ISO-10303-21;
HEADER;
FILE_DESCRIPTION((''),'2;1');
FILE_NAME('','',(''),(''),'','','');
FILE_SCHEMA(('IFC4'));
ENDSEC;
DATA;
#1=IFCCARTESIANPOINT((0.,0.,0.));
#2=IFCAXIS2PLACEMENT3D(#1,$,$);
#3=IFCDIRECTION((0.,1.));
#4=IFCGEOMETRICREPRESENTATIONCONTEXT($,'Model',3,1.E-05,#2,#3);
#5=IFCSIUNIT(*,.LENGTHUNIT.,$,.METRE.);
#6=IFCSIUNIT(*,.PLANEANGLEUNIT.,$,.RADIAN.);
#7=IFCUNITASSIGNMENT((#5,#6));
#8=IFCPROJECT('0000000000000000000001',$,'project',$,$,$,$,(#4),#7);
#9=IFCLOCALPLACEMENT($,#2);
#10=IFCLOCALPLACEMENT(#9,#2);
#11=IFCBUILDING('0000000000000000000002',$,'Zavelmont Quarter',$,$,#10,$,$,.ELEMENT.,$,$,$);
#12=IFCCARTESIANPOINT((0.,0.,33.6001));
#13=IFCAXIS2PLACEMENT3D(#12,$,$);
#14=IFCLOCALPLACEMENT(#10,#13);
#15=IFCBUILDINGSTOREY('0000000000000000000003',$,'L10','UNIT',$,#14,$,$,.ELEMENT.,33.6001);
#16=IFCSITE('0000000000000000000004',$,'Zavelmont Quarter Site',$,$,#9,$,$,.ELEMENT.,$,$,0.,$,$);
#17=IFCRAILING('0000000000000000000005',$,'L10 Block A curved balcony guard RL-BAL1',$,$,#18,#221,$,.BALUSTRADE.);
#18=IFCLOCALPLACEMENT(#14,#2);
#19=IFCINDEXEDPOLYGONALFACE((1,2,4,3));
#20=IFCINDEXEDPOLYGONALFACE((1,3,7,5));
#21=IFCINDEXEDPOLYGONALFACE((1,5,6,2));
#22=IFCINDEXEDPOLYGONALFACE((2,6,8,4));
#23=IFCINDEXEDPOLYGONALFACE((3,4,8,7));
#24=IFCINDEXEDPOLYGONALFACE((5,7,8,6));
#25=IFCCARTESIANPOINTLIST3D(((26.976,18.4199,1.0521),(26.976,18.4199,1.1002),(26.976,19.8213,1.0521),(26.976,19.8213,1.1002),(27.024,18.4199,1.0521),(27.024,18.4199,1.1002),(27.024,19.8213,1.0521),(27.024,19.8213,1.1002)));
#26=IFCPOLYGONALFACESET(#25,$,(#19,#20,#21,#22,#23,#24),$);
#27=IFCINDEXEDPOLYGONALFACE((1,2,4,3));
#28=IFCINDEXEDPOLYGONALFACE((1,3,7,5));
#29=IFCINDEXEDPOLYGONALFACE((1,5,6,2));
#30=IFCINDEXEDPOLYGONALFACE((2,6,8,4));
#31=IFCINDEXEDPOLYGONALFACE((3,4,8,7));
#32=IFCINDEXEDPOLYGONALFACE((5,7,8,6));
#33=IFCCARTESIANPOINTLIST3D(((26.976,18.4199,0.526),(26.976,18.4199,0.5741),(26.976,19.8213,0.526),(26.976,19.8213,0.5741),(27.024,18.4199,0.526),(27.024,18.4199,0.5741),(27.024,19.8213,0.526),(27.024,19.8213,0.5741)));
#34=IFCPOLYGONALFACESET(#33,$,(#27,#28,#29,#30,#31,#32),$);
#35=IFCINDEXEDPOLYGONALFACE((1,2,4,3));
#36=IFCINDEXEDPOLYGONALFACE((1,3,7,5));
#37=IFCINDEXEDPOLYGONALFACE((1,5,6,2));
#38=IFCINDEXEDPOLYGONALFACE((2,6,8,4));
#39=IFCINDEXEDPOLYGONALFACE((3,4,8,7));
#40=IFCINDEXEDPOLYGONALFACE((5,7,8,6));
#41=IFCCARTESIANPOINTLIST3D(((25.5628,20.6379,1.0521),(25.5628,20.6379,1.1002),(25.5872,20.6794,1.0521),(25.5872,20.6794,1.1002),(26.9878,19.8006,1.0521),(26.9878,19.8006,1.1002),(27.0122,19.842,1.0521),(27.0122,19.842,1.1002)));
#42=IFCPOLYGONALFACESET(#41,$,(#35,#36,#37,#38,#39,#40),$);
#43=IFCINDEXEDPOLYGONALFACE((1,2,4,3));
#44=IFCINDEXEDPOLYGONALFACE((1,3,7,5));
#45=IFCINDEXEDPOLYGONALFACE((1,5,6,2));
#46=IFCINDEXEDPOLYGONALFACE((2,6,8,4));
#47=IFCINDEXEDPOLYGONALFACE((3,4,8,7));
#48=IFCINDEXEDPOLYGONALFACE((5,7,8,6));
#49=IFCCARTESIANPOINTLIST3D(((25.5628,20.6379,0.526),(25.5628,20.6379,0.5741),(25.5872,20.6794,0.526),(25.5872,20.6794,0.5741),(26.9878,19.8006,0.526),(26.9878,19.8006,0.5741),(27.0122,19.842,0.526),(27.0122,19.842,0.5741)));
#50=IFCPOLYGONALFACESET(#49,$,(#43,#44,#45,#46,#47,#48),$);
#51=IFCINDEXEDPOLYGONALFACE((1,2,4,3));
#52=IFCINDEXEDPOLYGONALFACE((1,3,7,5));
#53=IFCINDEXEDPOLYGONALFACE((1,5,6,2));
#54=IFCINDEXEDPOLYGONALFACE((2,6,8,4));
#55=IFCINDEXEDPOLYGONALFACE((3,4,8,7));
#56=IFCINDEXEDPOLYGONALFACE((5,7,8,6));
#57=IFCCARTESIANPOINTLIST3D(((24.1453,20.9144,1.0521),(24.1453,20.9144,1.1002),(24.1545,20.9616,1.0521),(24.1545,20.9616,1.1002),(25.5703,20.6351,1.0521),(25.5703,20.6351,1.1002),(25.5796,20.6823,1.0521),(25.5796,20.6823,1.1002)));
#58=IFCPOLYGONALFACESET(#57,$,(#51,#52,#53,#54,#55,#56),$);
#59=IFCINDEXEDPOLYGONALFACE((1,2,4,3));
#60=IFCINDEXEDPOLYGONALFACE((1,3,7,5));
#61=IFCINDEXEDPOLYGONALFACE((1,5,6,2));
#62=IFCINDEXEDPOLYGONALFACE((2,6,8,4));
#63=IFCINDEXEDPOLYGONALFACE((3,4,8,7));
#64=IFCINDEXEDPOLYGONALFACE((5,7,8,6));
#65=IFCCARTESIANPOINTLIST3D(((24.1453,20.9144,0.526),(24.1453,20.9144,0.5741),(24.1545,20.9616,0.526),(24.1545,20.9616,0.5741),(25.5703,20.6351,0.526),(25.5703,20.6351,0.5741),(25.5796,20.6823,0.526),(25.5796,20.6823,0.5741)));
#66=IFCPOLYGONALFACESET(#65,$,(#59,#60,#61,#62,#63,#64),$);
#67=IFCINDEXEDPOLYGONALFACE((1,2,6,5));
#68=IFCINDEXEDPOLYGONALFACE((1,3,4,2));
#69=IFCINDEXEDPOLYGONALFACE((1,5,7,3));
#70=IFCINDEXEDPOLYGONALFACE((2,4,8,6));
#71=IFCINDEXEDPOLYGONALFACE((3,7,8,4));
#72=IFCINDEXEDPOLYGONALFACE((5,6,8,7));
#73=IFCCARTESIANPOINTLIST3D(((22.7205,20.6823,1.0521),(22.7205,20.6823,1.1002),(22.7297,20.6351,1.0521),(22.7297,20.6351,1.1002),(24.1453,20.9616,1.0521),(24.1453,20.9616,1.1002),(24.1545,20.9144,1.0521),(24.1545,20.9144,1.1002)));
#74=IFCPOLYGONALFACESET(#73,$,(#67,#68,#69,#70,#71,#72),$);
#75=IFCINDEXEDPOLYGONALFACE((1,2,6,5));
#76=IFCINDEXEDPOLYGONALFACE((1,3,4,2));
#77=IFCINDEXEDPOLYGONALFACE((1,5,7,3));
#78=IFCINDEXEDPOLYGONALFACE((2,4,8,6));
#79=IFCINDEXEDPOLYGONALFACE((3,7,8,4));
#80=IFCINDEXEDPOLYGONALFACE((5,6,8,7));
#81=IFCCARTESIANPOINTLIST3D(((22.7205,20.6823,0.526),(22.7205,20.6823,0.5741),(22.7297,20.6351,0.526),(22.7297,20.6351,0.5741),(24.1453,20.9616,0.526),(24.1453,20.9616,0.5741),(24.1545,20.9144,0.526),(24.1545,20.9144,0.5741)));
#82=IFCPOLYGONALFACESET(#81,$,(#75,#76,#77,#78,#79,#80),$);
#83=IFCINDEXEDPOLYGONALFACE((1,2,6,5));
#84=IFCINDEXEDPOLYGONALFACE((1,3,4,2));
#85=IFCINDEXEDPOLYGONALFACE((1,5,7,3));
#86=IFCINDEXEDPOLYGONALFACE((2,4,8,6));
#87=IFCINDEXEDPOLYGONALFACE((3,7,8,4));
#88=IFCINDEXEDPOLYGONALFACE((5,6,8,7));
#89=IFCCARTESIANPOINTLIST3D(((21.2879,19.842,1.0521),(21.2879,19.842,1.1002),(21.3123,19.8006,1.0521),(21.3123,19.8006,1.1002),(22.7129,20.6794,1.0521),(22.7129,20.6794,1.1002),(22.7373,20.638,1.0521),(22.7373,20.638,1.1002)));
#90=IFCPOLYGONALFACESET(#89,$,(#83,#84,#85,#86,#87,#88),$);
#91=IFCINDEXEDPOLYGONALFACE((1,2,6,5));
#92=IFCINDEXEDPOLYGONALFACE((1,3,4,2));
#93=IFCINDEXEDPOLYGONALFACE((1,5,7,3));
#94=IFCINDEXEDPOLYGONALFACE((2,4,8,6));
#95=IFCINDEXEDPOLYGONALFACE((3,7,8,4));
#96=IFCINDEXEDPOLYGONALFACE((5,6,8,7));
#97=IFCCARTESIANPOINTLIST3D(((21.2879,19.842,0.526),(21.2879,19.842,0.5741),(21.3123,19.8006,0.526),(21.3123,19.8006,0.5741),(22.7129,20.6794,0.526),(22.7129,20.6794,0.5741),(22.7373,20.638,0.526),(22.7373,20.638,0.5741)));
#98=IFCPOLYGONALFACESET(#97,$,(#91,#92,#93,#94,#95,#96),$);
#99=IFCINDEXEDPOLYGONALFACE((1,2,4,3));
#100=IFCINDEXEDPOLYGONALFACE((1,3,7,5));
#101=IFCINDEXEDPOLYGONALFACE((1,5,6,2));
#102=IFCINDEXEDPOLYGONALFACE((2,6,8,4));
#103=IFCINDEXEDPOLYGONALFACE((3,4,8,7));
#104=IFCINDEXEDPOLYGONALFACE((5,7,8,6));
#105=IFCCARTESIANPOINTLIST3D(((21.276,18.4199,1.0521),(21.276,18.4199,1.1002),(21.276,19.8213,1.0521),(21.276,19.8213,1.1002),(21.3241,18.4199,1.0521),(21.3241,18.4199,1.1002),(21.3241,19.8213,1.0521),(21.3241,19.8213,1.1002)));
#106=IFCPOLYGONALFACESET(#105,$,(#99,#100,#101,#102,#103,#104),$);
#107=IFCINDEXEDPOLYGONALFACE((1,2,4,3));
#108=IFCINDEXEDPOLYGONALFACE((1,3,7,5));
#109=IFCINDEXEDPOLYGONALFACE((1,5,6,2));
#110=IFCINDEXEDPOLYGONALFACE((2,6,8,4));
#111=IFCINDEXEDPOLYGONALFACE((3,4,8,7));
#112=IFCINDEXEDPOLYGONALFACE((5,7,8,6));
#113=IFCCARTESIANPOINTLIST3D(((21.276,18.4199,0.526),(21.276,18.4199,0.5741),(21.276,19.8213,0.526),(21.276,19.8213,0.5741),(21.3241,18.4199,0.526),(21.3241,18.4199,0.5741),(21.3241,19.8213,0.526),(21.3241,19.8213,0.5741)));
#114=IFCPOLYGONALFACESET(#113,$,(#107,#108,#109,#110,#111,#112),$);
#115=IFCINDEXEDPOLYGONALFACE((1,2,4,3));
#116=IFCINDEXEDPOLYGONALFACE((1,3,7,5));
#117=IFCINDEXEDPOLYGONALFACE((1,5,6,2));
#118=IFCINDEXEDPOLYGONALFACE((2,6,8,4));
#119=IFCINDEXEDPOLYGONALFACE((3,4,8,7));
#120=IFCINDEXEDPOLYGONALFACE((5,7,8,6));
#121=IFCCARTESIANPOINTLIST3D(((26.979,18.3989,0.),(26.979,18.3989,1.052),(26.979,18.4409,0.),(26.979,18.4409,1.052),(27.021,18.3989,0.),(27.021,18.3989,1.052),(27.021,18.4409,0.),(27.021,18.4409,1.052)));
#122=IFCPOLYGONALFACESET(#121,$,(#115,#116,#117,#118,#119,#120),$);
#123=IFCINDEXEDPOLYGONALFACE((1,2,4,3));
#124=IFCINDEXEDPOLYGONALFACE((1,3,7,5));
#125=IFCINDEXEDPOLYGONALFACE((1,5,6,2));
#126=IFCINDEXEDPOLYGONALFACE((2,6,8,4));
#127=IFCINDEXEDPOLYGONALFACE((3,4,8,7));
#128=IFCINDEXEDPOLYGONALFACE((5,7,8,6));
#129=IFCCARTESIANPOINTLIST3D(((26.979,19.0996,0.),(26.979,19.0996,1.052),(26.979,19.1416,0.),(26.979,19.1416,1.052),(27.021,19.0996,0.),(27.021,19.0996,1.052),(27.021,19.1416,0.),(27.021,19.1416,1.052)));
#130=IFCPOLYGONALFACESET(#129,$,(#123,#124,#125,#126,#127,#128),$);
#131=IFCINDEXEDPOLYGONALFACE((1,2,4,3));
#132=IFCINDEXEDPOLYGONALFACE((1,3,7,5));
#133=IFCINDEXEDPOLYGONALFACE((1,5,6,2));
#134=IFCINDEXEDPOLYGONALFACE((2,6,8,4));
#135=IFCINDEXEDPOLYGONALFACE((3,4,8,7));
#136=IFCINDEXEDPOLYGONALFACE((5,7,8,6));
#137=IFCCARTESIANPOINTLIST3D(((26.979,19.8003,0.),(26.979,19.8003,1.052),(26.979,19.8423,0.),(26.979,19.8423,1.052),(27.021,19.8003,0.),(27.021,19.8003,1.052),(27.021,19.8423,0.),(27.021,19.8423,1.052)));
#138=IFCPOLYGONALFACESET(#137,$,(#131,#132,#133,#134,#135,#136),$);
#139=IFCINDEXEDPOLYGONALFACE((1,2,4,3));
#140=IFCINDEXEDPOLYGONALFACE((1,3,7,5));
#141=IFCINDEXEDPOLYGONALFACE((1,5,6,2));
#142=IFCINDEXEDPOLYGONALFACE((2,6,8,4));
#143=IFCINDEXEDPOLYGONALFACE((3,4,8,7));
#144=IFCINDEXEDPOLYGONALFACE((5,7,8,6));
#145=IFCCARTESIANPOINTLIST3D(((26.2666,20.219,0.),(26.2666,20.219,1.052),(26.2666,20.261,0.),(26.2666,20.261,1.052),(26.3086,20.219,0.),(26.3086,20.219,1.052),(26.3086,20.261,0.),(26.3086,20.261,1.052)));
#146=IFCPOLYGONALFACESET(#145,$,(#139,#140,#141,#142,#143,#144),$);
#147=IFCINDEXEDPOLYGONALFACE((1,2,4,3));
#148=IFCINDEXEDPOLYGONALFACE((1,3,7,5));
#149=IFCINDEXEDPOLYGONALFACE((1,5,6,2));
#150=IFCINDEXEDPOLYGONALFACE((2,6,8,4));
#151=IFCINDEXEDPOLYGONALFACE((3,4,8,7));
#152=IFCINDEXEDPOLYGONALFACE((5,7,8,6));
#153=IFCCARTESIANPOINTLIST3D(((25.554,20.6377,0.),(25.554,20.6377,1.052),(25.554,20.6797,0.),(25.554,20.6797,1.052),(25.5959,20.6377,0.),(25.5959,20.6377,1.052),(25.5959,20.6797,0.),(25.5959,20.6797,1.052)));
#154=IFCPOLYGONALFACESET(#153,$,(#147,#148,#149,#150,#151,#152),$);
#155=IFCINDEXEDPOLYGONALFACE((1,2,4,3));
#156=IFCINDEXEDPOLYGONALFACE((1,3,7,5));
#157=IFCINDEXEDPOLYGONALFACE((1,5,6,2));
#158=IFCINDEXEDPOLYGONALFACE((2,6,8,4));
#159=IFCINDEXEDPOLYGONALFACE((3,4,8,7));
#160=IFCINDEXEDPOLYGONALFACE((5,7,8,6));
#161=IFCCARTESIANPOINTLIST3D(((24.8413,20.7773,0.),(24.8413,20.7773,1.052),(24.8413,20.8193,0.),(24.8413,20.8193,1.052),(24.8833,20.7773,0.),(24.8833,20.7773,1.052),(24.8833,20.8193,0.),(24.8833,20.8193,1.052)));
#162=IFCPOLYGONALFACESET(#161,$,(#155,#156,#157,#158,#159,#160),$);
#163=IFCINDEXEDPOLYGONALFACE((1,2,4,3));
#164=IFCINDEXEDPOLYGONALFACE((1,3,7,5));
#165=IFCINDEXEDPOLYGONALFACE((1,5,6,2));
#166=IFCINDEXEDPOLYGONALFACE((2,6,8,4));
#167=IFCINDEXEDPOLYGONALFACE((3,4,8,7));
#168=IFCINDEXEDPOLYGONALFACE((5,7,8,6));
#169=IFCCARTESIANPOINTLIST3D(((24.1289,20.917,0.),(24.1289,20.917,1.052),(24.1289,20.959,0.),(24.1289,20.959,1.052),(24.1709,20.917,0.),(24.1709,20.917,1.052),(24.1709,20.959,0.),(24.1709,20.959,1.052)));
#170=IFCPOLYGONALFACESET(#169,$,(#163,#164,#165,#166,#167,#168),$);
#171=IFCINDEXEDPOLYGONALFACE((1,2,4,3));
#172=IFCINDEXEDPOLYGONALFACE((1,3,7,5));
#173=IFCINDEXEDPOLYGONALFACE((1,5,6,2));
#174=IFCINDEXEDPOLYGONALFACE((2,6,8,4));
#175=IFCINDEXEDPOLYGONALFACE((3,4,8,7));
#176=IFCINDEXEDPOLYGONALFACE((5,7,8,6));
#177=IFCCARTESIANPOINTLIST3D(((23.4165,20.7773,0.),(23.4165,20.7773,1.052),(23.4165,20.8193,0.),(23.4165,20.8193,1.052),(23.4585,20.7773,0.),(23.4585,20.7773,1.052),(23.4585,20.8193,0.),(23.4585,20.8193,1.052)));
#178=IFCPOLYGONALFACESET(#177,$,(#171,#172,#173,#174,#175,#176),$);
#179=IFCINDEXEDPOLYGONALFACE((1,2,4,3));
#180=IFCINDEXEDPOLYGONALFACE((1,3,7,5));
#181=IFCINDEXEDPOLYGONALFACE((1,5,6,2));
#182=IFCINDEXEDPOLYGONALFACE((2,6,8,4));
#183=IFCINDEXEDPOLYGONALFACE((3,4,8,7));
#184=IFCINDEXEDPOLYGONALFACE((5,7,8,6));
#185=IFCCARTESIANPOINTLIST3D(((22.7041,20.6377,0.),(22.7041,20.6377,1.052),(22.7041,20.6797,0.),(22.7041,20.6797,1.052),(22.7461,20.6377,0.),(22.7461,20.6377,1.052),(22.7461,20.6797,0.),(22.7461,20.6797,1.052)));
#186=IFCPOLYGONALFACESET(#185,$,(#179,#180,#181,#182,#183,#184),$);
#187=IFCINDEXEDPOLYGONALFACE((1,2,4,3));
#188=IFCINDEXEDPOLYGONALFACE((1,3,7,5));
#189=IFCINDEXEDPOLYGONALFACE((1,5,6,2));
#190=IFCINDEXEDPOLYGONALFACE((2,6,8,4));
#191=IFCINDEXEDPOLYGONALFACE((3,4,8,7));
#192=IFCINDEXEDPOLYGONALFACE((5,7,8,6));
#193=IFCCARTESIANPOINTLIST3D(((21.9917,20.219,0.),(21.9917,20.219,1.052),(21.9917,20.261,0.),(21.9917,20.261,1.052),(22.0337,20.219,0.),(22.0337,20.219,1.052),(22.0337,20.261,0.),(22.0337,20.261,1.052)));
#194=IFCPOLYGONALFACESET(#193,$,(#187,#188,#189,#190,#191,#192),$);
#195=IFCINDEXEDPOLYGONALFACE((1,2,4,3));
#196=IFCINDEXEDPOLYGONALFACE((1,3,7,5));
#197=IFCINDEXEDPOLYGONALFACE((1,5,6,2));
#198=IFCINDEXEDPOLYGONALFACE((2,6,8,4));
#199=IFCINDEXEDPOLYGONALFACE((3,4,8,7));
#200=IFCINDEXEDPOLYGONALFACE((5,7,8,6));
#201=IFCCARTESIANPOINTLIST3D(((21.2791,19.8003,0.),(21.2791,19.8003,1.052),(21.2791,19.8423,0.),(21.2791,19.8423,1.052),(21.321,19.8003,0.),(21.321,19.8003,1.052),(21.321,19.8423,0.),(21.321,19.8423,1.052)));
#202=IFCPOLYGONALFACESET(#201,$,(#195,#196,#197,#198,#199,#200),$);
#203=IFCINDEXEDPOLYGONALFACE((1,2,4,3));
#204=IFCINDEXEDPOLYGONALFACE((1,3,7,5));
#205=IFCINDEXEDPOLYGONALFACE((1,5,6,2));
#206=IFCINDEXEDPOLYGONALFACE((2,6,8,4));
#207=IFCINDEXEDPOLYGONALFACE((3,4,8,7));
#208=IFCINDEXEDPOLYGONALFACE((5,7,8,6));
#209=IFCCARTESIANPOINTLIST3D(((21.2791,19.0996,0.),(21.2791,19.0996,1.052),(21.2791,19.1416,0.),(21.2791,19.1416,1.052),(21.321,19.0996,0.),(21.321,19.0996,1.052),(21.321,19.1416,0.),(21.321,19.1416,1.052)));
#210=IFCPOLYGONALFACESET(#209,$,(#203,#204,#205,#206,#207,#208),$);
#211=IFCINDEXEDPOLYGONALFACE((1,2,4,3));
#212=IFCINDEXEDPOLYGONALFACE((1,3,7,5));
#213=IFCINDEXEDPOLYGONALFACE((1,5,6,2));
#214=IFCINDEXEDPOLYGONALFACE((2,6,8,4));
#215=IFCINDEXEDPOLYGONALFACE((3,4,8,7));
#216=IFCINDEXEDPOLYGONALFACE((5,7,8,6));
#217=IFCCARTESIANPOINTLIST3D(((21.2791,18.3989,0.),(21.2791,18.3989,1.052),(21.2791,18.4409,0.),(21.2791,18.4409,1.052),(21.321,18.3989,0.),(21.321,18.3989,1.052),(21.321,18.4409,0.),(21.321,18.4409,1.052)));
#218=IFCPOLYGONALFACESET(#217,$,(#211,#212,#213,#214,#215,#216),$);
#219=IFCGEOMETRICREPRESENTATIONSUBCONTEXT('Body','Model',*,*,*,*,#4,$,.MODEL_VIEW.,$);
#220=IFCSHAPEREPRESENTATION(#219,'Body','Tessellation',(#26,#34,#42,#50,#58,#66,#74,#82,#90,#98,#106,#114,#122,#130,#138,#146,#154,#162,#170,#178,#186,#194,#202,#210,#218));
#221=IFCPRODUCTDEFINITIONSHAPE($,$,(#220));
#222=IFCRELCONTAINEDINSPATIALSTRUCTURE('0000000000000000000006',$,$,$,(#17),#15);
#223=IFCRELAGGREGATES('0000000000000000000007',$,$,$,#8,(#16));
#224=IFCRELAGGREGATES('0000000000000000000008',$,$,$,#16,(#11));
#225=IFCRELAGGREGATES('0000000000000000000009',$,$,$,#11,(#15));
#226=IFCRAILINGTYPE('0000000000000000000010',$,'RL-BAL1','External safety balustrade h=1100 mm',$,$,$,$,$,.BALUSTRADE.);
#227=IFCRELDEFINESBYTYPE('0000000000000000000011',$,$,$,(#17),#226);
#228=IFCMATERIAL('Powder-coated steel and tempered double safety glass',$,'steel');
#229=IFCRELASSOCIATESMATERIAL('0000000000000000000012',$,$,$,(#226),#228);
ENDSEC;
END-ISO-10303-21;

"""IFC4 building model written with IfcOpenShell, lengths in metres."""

from ifc_helpers import new_model, si_unit, direction, frame, origin, origin_2d, place, context, subcontext, project, spatial, rectangle, extrude, material, type_object, element, save


model = new_model("IFC4")

# Units and contexts
model_context = context("Model", 3, precision=1e-05, world=origin(), true_north=direction((0.0, 1.0)))
body_context = subcontext(model_context, "Body", "Model", "MODEL_VIEW")
ifc_project = project(units=[si_unit("LENGTHUNIT", "METRE"), si_unit("PLANEANGLEUNIT", "RADIAN")], contexts=[model_context])

# Site, building, storey
site_placement = place(None, origin())
site = spatial("IfcSite", under=ifc_project, at=site_placement, Name="Zavelmont Quarter Site", CompositionType="ELEMENT", RefElevation=0.0)
building_placement = place(site_placement, origin())
building = spatial("IfcBuilding", under=site, at=building_placement, Name="Zavelmont Quarter", CompositionType="ELEMENT")
storey_placement = place(building_placement, frame((0.0, 0.0, 33.6001)))
storey = spatial("IfcBuildingStorey", under=building, at=storey_placement, Name="L10", Description="UNIT", CompositionType="ELEMENT", Elevation=33.6001)

# Railing
ifc_material_1 = material(Name="Powder-coated steel and tempered double safety glass", Category="steel")
railing_type = type_object("IfcRailingType", Name="RL-BAL1", Description="External safety balustrade h=1100 mm", PredefinedType="BALUSTRADE", material=ifc_material_1)
railing_placement = place(storey_placement, frame((27.0, 18.4199, 0.0)))
element("IfcRailing", 1, at=railing_placement, inside=storey, type_object=railing_type, Name="L10 Block A curved balcony guard RL-BAL1", PredefinedType="BALUSTRADE", context=body_context, shape_type="SweptSolid", body=[
    extrude(rectangle(XDim=0.0481, YDim=0.0481, at=origin_2d()), frame((0.0, 0.0, 1.0762), z_axis=(0.0, 1.0, 0.0), x_axis=(-1.0, 0.0, 0.0)), (0.0, 0.0, 1.0), 1.4014),
    extrude(rectangle(XDim=0.0481, YDim=0.0481, at=origin_2d()), frame((0.0, 0.0, 0.55), z_axis=(0.0, 1.0, 0.0), x_axis=(-1.0, 0.0, 0.0)), (0.0, 0.0, 1.0), 1.4014),
    extrude(rectangle(XDim=0.0481, YDim=0.0481, at=origin_2d()), frame((0.0, 1.4014, 1.0762), z_axis=(-0.862162, 0.506633, 0.0), x_axis=(-0.506633, -0.862162, 0.0)), (0.0, 0.0, 1.0), 1.6528),
    extrude(rectangle(XDim=0.0481, YDim=0.0481, at=origin_2d()), frame((0.0, 1.4014, 0.55), z_axis=(-0.862162, 0.506633, 0.0), x_axis=(-0.506633, -0.862162, 0.0)), (0.0, 0.0, 1.0), 1.6528),
    extrude(rectangle(XDim=0.0481, YDim=0.0481, at=origin_2d()), frame((-1.425, 2.2388, 1.0762), z_axis=(-0.98133, 0.192332, 0.0), x_axis=(-0.192332, -0.98133, 0.0)), (0.0, 0.0, 1.0), 1.4521),
    extrude(rectangle(XDim=0.0481, YDim=0.0481, at=origin_2d()), frame((-1.425, 2.2388, 0.55), z_axis=(-0.98133, 0.192332, 0.0), x_axis=(-0.192332, -0.98133, 0.0)), (0.0, 0.0, 1.0), 1.4521),
    extrude(rectangle(XDim=0.0481, YDim=0.0481, at=origin_2d()), frame((-2.8501, 2.5181, 1.0762), z_axis=(-0.981324, -0.192364, 0.0), x_axis=(0.192364, -0.981324, 0.0)), (0.0, 0.0, 1.0), 1.4519),
    extrude(rectangle(XDim=0.0481, YDim=0.0481, at=origin_2d()), frame((-2.8501, 2.5181, 0.55), z_axis=(-0.981324, -0.192364, 0.0), x_axis=(0.192364, -0.981324, 0.0)), (0.0, 0.0, 1.0), 1.4519),
    extrude(rectangle(XDim=0.0481, YDim=0.0481, at=origin_2d()), frame((-4.2749, 2.2388, 1.0762), z_axis=(-0.862162, -0.506633, 0.0), x_axis=(0.506633, -0.862162, 0.0)), (0.0, 0.0, 1.0), 1.6528),
    extrude(rectangle(XDim=0.0481, YDim=0.0481, at=origin_2d()), frame((-4.2749, 2.2388, 0.55), z_axis=(-0.862162, -0.506633, 0.0), x_axis=(0.506633, -0.862162, 0.0)), (0.0, 0.0, 1.0), 1.6528),
    extrude(rectangle(XDim=0.0481, YDim=0.0481, at=origin_2d()), frame((-5.7, 1.4014, 1.0762), z_axis=(0.0, -1.0, 0.0), x_axis=(1.0, 0.0, 0.0)), (0.0, 0.0, 1.0), 1.4014),
    extrude(rectangle(XDim=0.0481, YDim=0.0481, at=origin_2d()), frame((-5.7, 1.4014, 0.55), z_axis=(0.0, -1.0, 0.0), x_axis=(1.0, 0.0, 0.0)), (0.0, 0.0, 1.0), 1.4014),
    extrude(rectangle(XDim=0.042, YDim=0.042, at=origin_2d()), origin(), (0.0, 0.0, 1.0), 1.052),
    extrude(rectangle(XDim=0.042, YDim=0.042, at=origin_2d()), frame((0.0, 0.7007, 0.0)), (0.0, 0.0, 1.0), 1.052),
    extrude(rectangle(XDim=0.042, YDim=0.042, at=origin_2d()), frame((0.0, 1.4014, 0.0)), (0.0, 0.0, 1.0), 1.052),
    extrude(rectangle(XDim=0.042, YDim=0.042, at=origin_2d()), frame((-0.7124, 1.8201, 0.0)), (0.0, 0.0, 1.0), 1.052),
    extrude(rectangle(XDim=0.042, YDim=0.042, at=origin_2d()), frame((-1.425, 2.2388, 0.0)), (0.0, 0.0, 1.0), 1.052),
    extrude(rectangle(XDim=0.042, YDim=0.042, at=origin_2d()), frame((-2.1377, 2.3784, 0.0)), (0.0, 0.0, 1.0), 1.052),
    extrude(rectangle(XDim=0.042, YDim=0.042, at=origin_2d()), frame((-2.8501, 2.5181, 0.0)), (0.0, 0.0, 1.0), 1.052),
    extrude(rectangle(XDim=0.042, YDim=0.042, at=origin_2d()), frame((-3.5625, 2.3784, 0.0)), (0.0, 0.0, 1.0), 1.052),
    extrude(rectangle(XDim=0.042, YDim=0.042, at=origin_2d()), frame((-4.2749, 2.2388, 0.0)), (0.0, 0.0, 1.0), 1.052),
    extrude(rectangle(XDim=0.042, YDim=0.042, at=origin_2d()), frame((-4.9873, 1.8201, 0.0)), (0.0, 0.0, 1.0), 1.052),
    extrude(rectangle(XDim=0.042, YDim=0.042, at=origin_2d()), frame((-5.7, 1.4014, 0.0)), (0.0, 0.0, 1.0), 1.052),
    extrude(rectangle(XDim=0.042, YDim=0.042, at=origin_2d()), frame((-5.7, 0.7007, 0.0)), (0.0, 0.0, 1.0), 1.052),
    extrude(rectangle(XDim=0.042, YDim=0.042, at=origin_2d()), frame((-5.7, 0.0, 0.0)), (0.0, 0.0, 1.0), 1.052),
])

save(model, "model.ifc")
